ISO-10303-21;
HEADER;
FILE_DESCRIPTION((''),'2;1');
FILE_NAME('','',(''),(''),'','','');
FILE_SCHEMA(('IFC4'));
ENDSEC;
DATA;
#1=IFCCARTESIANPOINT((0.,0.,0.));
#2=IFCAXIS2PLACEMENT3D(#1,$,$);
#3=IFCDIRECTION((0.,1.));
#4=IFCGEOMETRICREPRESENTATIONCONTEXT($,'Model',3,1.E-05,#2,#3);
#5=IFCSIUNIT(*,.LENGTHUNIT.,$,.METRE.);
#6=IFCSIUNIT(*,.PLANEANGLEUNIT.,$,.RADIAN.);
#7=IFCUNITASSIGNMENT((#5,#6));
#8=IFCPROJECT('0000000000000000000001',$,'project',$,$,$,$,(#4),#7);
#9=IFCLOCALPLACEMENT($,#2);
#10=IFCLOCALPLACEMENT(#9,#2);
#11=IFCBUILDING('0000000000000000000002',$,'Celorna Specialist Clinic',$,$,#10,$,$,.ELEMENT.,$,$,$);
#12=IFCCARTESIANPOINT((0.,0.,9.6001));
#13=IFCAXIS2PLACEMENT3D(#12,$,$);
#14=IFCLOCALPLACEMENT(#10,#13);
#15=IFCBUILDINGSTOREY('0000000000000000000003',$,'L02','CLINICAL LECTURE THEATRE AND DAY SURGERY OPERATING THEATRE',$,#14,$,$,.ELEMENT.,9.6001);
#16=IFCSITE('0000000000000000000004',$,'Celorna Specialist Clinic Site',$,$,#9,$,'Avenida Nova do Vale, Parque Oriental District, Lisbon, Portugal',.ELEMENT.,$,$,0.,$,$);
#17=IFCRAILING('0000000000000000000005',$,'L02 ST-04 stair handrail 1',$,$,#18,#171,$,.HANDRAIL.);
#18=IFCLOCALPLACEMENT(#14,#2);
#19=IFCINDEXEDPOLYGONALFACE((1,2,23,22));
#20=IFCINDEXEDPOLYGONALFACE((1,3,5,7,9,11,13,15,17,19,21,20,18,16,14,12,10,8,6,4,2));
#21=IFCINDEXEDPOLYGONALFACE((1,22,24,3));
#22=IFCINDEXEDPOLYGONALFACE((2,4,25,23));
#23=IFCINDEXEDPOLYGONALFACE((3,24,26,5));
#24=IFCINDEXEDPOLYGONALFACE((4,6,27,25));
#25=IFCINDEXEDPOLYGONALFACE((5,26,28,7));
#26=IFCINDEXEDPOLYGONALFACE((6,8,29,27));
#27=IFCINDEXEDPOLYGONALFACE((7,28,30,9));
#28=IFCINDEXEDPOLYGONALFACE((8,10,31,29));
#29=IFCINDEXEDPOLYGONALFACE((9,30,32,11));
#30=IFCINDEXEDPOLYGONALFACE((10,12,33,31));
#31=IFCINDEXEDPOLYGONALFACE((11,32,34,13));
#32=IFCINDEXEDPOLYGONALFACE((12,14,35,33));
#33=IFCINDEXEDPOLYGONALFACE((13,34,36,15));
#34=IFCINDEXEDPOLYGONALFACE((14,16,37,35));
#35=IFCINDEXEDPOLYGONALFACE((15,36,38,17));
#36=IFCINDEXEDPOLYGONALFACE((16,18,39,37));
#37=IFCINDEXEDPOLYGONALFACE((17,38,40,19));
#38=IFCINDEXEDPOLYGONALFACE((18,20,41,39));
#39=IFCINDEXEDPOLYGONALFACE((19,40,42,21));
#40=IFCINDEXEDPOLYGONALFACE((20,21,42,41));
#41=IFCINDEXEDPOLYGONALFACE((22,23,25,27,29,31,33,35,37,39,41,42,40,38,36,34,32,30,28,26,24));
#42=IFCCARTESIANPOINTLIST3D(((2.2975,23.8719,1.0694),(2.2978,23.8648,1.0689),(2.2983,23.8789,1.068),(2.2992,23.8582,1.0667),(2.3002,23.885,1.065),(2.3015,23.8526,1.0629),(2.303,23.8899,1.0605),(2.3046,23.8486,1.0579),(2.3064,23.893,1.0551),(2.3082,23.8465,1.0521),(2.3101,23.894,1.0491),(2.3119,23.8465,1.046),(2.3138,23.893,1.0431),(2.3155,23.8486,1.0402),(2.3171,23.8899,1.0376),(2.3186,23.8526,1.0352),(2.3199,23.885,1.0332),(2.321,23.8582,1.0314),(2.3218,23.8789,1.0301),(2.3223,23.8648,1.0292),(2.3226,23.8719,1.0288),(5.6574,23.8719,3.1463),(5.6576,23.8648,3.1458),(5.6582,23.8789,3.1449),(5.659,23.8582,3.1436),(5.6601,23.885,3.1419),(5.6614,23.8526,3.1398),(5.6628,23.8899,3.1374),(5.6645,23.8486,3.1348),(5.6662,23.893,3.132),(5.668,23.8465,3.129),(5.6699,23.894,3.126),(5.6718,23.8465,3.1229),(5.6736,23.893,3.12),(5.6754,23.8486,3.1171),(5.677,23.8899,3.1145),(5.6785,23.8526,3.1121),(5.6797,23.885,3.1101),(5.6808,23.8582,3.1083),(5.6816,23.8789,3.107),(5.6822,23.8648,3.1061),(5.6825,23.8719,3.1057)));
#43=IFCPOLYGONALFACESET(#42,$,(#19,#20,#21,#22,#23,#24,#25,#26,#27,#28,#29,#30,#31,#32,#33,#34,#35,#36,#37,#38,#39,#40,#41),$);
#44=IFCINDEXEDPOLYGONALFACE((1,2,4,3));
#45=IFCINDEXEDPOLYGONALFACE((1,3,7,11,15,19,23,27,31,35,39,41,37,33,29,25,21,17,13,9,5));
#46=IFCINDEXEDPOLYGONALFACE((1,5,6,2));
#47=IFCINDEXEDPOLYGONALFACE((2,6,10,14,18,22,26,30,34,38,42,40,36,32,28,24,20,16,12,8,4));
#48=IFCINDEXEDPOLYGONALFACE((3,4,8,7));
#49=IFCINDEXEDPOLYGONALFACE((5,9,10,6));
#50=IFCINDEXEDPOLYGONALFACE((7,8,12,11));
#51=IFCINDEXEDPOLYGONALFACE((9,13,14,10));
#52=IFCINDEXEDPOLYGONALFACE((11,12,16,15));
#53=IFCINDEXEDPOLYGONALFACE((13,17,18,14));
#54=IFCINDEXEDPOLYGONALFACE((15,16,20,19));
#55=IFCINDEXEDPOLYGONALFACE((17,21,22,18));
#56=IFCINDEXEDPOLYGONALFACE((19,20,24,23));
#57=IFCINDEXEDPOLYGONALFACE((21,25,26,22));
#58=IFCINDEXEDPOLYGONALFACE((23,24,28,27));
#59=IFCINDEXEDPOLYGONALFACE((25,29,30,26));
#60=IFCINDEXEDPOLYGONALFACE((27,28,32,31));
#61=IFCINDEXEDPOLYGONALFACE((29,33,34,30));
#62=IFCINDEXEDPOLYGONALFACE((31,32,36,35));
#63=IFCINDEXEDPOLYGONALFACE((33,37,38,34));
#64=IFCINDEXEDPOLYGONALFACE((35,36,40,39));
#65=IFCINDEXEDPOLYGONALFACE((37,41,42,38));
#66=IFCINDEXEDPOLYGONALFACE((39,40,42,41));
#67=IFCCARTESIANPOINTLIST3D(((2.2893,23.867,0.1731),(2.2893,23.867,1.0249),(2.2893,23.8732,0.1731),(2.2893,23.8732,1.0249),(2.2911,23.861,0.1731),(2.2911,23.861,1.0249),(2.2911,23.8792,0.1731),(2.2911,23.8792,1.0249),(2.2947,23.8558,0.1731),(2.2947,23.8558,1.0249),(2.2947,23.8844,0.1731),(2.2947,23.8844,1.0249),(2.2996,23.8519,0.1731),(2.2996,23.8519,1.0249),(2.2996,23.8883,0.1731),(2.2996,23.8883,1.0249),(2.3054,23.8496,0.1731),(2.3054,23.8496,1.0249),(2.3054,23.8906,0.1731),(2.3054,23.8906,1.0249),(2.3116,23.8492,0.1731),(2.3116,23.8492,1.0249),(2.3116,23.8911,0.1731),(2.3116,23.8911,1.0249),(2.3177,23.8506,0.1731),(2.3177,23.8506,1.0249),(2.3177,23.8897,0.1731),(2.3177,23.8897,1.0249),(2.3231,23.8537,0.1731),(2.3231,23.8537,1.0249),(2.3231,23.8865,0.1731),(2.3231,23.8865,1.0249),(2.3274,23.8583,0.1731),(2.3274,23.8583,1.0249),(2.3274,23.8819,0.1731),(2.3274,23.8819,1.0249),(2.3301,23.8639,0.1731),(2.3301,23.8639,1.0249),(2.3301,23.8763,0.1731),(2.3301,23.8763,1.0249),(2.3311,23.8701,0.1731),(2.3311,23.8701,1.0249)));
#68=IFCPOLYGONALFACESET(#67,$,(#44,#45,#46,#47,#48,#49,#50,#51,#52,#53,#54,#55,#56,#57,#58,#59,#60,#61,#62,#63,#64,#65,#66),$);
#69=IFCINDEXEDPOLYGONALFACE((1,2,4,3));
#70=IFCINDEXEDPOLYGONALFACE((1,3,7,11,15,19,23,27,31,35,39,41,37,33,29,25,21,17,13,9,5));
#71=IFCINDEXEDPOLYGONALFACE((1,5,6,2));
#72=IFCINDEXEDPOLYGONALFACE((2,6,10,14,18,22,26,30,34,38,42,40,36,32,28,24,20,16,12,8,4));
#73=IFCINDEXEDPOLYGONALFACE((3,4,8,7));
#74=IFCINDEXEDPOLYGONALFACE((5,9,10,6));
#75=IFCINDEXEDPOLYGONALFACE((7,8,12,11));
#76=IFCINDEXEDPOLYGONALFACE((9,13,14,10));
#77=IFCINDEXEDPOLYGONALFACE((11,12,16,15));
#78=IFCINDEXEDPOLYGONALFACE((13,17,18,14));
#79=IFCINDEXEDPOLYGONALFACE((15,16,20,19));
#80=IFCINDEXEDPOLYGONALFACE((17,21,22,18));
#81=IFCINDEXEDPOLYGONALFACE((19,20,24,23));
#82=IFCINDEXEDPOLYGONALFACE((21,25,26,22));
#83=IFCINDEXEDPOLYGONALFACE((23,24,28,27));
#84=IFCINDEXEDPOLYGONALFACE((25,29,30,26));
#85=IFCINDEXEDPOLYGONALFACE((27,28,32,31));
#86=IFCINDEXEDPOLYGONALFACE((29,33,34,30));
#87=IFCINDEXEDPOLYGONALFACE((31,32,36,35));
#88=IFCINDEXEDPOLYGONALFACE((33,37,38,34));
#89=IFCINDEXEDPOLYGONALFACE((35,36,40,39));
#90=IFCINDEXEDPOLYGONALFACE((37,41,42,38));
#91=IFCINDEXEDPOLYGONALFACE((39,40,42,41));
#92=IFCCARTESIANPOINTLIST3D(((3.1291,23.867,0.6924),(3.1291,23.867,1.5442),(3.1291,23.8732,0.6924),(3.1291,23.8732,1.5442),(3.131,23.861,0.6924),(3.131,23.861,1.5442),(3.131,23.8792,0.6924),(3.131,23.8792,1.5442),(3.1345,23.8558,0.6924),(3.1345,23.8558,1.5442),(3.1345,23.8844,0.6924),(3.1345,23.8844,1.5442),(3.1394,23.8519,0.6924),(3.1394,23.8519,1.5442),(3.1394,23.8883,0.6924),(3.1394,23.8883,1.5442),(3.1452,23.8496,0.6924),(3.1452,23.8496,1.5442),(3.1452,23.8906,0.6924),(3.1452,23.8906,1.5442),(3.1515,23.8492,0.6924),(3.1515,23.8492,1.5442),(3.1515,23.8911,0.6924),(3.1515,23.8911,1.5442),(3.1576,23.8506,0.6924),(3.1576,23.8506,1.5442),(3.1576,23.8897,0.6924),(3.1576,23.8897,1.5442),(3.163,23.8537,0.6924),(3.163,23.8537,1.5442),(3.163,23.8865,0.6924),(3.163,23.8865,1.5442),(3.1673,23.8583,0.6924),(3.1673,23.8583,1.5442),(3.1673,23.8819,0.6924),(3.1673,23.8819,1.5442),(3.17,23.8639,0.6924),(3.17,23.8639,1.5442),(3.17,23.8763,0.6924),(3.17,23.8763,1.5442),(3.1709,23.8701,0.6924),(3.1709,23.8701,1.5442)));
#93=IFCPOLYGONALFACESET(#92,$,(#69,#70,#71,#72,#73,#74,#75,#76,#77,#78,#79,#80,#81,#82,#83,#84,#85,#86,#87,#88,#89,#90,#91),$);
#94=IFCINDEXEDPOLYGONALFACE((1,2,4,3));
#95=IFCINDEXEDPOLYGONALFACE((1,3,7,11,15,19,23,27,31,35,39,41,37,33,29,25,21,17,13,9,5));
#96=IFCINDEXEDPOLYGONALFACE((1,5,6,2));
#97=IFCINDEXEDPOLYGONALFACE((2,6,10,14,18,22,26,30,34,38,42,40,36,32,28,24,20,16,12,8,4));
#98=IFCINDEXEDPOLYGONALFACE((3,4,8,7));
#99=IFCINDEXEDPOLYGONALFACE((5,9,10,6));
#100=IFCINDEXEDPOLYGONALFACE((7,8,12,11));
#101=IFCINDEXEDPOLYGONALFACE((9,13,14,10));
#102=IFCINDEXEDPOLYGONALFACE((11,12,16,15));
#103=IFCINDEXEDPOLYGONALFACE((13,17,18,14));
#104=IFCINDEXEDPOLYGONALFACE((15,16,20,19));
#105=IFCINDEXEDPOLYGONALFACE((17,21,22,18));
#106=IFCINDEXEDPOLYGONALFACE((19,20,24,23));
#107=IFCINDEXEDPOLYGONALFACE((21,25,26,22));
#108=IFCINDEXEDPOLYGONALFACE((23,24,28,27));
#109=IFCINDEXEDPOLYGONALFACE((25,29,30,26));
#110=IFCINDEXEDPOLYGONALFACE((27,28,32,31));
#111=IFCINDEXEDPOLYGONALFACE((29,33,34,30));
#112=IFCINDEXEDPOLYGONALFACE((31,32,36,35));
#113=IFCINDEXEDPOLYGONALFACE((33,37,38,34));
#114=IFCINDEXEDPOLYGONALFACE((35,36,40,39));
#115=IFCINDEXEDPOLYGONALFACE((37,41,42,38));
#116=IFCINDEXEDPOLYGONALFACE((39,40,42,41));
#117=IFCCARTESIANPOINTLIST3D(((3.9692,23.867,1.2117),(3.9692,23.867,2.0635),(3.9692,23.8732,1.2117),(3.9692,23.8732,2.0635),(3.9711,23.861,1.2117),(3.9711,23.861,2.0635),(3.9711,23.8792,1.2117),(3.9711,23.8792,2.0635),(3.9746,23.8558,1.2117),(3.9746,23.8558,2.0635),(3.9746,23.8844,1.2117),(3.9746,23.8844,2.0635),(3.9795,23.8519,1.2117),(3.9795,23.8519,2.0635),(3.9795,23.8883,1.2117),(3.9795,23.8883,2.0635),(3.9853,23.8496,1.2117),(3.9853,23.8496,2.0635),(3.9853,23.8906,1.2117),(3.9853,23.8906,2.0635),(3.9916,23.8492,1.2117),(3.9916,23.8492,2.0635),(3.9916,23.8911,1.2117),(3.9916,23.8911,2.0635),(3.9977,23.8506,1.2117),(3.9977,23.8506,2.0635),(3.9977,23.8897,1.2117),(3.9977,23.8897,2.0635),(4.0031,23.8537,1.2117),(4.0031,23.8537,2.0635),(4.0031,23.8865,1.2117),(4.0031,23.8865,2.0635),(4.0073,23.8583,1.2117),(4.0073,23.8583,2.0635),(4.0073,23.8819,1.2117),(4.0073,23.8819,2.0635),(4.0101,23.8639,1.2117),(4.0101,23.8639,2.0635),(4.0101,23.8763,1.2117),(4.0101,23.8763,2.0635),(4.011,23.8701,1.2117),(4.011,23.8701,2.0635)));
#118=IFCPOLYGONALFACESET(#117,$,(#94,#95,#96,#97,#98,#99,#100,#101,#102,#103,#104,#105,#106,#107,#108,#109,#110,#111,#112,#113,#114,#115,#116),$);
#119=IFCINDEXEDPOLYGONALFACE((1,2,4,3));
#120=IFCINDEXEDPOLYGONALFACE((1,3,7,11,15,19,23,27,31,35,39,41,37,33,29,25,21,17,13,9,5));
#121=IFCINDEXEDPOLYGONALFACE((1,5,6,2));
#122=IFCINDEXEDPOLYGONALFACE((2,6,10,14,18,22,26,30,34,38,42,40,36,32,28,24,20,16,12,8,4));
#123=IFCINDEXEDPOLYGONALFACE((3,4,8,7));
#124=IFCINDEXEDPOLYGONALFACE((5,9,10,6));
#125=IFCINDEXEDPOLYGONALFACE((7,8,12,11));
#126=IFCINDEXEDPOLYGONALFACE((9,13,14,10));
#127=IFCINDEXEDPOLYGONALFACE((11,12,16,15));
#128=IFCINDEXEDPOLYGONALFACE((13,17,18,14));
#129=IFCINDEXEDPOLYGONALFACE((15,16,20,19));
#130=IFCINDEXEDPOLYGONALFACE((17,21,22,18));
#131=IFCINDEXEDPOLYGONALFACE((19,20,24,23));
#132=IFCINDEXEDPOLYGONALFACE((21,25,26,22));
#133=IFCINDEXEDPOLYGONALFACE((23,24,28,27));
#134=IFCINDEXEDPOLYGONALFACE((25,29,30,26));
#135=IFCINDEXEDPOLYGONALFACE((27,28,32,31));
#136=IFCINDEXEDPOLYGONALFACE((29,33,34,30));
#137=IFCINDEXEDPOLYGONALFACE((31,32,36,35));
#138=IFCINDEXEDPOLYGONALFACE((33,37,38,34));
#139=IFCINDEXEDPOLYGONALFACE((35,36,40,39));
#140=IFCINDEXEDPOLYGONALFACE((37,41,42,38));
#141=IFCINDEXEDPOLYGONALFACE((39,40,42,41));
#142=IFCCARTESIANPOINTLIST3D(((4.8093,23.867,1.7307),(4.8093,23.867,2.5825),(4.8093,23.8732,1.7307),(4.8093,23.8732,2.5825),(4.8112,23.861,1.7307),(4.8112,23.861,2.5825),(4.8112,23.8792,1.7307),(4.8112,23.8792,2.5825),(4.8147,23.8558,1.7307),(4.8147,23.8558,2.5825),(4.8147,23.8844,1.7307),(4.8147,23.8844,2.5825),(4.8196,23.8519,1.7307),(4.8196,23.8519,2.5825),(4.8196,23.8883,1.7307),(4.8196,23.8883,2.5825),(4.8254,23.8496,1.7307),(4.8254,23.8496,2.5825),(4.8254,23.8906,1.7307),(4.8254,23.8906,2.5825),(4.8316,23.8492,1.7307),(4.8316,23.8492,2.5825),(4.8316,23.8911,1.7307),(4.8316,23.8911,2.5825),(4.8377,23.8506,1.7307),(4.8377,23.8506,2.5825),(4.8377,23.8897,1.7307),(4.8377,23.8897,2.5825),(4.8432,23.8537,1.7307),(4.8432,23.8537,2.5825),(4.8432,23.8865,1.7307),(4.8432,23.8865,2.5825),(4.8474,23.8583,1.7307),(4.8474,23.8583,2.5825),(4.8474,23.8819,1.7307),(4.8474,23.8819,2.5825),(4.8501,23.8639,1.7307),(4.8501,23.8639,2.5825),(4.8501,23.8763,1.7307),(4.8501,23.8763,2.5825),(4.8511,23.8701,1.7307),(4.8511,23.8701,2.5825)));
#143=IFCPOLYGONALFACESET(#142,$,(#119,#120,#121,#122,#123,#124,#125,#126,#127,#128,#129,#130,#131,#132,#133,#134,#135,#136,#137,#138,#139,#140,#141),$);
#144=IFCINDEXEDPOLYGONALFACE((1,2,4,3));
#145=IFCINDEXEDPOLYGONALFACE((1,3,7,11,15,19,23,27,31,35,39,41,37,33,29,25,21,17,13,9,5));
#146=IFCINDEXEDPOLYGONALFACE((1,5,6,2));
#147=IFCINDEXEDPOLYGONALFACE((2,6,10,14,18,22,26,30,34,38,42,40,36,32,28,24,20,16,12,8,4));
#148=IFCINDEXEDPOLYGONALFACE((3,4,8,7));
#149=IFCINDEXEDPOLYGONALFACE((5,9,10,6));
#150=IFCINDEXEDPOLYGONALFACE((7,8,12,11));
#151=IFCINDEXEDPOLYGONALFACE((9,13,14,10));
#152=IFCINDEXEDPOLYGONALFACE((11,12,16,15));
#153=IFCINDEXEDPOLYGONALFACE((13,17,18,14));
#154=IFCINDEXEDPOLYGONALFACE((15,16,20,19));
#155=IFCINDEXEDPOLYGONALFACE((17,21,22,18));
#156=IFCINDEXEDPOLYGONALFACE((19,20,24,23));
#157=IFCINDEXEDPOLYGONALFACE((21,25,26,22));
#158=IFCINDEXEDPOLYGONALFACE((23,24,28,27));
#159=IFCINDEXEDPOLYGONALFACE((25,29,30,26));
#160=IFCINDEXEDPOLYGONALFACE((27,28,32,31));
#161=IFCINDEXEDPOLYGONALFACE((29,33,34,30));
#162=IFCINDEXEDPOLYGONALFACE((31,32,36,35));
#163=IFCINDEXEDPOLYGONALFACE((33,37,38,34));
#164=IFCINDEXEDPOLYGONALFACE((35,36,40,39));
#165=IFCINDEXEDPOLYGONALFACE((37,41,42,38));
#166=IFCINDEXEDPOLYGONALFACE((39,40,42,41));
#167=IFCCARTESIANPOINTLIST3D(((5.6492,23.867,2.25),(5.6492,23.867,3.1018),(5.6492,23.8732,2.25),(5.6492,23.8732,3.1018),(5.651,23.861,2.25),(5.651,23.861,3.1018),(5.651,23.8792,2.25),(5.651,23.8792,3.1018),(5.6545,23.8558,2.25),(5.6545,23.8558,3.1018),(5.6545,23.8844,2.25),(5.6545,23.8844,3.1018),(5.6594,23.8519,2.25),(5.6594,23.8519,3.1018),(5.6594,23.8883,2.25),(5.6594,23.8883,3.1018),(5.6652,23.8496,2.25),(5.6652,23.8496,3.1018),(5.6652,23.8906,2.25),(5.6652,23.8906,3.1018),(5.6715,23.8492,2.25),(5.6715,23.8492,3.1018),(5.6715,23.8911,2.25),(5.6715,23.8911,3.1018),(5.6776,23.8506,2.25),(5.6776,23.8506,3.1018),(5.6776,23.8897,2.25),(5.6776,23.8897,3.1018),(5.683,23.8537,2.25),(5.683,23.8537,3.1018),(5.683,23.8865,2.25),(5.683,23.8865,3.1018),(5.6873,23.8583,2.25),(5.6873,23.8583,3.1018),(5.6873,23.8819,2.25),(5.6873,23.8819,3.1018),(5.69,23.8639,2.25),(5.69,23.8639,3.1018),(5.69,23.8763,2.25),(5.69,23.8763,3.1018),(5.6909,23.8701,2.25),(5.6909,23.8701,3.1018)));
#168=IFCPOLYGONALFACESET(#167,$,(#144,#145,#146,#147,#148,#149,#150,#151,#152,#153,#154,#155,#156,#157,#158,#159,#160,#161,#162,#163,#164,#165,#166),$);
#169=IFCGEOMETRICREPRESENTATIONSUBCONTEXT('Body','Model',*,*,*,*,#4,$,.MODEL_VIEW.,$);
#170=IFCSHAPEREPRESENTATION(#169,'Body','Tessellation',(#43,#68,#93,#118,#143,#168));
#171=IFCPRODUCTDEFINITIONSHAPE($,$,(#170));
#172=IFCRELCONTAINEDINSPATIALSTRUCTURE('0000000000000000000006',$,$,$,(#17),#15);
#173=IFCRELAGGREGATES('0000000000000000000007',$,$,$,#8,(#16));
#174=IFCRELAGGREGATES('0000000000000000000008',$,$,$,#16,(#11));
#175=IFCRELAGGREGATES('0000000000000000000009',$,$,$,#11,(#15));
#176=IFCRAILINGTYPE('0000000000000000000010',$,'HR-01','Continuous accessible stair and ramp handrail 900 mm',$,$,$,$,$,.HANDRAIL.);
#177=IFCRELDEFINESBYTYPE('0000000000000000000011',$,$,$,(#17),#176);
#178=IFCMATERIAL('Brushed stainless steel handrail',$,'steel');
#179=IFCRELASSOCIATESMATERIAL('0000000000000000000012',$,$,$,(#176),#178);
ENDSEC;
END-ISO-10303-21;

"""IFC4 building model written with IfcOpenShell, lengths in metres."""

from ifc_helpers import new_model, si_unit, direction, frame, origin, origin_2d, place, context, subcontext, project, spatial, circle, extrude, material, type_object, element, save


model = new_model("IFC4")

# Units and contexts
model_context = context("Model", 3, precision=1e-05, world=origin(), true_north=direction((0.0, 1.0)))
body_context = subcontext(model_context, "Body", "Model", "MODEL_VIEW")
ifc_project = project(units=[si_unit("LENGTHUNIT", "METRE"), si_unit("PLANEANGLEUNIT", "RADIAN")], contexts=[model_context])

# Site, building, storey
site_placement = place(None, origin())
site = spatial("IfcSite", under=ifc_project, at=site_placement, Name="Celorna Specialist Clinic Site", LongName="Avenida Nova do Vale, Parque Oriental District, Lisbon, Portugal", CompositionType="ELEMENT", RefElevation=0.0)
building_placement = place(site_placement, origin())
building = spatial("IfcBuilding", under=site, at=building_placement, Name="Celorna Specialist Clinic", CompositionType="ELEMENT")
storey_placement = place(building_placement, frame((0.0, 0.0, 9.6001)))
storey = spatial("IfcBuildingStorey", under=building, at=storey_placement, Name="L02", Description="CLINICAL LECTURE THEATRE AND DAY SURGERY OPERATING THEATRE", CompositionType="ELEMENT", Elevation=9.6001)

# Railing
ifc_material_1 = material(Name="Brushed stainless steel handrail", Category="steel")
railing_type_1 = type_object("IfcRailingType", Name="HR-01", Description="Continuous accessible stair and ramp handrail 900 mm", PredefinedType="HANDRAIL", material=ifc_material_1)
railing_1_placement = place(storey_placement, frame((2.3101, 23.8701, 0.1731)))
element("IfcRailing", 1, at=railing_1_placement, inside=storey, type_object=railing_type_1, Name="L02 ST-04 stair handrail 1", PredefinedType="HANDRAIL", context=body_context, shape_type="SweptSolid", body=[
    extrude(circle(Radius=0.0239, at=origin_2d()), frame((0.0, 0.0, 0.876), z_axis=(0.850606, 0.0, 0.525803), x_axis=(0.0, 1.0, 0.0)), (0.0, 0.0, 1.0), 3.95),
    extrude(circle(Radius=0.021, at=origin_2d()), origin(), (0.0, 0.0, 1.0), 0.8518),
    extrude(circle(Radius=0.021, at=origin_2d()), frame((0.8398, 0.0, 0.5193)), (0.0, 0.0, 1.0), 0.8518),
    extrude(circle(Radius=0.021, at=origin_2d()), frame((1.6799, 0.0, 1.0386)), (0.0, 0.0, 1.0), 0.8518),
    extrude(circle(Radius=0.021, at=origin_2d()), frame((2.52, 0.0, 1.5576)), (0.0, 0.0, 1.0), 0.8518),
    extrude(circle(Radius=0.021, at=origin_2d()), frame((3.3599, 0.0, 2.0769)), (0.0, 0.0, 1.0), 0.8518),
])

save(model, "model.ifc")
